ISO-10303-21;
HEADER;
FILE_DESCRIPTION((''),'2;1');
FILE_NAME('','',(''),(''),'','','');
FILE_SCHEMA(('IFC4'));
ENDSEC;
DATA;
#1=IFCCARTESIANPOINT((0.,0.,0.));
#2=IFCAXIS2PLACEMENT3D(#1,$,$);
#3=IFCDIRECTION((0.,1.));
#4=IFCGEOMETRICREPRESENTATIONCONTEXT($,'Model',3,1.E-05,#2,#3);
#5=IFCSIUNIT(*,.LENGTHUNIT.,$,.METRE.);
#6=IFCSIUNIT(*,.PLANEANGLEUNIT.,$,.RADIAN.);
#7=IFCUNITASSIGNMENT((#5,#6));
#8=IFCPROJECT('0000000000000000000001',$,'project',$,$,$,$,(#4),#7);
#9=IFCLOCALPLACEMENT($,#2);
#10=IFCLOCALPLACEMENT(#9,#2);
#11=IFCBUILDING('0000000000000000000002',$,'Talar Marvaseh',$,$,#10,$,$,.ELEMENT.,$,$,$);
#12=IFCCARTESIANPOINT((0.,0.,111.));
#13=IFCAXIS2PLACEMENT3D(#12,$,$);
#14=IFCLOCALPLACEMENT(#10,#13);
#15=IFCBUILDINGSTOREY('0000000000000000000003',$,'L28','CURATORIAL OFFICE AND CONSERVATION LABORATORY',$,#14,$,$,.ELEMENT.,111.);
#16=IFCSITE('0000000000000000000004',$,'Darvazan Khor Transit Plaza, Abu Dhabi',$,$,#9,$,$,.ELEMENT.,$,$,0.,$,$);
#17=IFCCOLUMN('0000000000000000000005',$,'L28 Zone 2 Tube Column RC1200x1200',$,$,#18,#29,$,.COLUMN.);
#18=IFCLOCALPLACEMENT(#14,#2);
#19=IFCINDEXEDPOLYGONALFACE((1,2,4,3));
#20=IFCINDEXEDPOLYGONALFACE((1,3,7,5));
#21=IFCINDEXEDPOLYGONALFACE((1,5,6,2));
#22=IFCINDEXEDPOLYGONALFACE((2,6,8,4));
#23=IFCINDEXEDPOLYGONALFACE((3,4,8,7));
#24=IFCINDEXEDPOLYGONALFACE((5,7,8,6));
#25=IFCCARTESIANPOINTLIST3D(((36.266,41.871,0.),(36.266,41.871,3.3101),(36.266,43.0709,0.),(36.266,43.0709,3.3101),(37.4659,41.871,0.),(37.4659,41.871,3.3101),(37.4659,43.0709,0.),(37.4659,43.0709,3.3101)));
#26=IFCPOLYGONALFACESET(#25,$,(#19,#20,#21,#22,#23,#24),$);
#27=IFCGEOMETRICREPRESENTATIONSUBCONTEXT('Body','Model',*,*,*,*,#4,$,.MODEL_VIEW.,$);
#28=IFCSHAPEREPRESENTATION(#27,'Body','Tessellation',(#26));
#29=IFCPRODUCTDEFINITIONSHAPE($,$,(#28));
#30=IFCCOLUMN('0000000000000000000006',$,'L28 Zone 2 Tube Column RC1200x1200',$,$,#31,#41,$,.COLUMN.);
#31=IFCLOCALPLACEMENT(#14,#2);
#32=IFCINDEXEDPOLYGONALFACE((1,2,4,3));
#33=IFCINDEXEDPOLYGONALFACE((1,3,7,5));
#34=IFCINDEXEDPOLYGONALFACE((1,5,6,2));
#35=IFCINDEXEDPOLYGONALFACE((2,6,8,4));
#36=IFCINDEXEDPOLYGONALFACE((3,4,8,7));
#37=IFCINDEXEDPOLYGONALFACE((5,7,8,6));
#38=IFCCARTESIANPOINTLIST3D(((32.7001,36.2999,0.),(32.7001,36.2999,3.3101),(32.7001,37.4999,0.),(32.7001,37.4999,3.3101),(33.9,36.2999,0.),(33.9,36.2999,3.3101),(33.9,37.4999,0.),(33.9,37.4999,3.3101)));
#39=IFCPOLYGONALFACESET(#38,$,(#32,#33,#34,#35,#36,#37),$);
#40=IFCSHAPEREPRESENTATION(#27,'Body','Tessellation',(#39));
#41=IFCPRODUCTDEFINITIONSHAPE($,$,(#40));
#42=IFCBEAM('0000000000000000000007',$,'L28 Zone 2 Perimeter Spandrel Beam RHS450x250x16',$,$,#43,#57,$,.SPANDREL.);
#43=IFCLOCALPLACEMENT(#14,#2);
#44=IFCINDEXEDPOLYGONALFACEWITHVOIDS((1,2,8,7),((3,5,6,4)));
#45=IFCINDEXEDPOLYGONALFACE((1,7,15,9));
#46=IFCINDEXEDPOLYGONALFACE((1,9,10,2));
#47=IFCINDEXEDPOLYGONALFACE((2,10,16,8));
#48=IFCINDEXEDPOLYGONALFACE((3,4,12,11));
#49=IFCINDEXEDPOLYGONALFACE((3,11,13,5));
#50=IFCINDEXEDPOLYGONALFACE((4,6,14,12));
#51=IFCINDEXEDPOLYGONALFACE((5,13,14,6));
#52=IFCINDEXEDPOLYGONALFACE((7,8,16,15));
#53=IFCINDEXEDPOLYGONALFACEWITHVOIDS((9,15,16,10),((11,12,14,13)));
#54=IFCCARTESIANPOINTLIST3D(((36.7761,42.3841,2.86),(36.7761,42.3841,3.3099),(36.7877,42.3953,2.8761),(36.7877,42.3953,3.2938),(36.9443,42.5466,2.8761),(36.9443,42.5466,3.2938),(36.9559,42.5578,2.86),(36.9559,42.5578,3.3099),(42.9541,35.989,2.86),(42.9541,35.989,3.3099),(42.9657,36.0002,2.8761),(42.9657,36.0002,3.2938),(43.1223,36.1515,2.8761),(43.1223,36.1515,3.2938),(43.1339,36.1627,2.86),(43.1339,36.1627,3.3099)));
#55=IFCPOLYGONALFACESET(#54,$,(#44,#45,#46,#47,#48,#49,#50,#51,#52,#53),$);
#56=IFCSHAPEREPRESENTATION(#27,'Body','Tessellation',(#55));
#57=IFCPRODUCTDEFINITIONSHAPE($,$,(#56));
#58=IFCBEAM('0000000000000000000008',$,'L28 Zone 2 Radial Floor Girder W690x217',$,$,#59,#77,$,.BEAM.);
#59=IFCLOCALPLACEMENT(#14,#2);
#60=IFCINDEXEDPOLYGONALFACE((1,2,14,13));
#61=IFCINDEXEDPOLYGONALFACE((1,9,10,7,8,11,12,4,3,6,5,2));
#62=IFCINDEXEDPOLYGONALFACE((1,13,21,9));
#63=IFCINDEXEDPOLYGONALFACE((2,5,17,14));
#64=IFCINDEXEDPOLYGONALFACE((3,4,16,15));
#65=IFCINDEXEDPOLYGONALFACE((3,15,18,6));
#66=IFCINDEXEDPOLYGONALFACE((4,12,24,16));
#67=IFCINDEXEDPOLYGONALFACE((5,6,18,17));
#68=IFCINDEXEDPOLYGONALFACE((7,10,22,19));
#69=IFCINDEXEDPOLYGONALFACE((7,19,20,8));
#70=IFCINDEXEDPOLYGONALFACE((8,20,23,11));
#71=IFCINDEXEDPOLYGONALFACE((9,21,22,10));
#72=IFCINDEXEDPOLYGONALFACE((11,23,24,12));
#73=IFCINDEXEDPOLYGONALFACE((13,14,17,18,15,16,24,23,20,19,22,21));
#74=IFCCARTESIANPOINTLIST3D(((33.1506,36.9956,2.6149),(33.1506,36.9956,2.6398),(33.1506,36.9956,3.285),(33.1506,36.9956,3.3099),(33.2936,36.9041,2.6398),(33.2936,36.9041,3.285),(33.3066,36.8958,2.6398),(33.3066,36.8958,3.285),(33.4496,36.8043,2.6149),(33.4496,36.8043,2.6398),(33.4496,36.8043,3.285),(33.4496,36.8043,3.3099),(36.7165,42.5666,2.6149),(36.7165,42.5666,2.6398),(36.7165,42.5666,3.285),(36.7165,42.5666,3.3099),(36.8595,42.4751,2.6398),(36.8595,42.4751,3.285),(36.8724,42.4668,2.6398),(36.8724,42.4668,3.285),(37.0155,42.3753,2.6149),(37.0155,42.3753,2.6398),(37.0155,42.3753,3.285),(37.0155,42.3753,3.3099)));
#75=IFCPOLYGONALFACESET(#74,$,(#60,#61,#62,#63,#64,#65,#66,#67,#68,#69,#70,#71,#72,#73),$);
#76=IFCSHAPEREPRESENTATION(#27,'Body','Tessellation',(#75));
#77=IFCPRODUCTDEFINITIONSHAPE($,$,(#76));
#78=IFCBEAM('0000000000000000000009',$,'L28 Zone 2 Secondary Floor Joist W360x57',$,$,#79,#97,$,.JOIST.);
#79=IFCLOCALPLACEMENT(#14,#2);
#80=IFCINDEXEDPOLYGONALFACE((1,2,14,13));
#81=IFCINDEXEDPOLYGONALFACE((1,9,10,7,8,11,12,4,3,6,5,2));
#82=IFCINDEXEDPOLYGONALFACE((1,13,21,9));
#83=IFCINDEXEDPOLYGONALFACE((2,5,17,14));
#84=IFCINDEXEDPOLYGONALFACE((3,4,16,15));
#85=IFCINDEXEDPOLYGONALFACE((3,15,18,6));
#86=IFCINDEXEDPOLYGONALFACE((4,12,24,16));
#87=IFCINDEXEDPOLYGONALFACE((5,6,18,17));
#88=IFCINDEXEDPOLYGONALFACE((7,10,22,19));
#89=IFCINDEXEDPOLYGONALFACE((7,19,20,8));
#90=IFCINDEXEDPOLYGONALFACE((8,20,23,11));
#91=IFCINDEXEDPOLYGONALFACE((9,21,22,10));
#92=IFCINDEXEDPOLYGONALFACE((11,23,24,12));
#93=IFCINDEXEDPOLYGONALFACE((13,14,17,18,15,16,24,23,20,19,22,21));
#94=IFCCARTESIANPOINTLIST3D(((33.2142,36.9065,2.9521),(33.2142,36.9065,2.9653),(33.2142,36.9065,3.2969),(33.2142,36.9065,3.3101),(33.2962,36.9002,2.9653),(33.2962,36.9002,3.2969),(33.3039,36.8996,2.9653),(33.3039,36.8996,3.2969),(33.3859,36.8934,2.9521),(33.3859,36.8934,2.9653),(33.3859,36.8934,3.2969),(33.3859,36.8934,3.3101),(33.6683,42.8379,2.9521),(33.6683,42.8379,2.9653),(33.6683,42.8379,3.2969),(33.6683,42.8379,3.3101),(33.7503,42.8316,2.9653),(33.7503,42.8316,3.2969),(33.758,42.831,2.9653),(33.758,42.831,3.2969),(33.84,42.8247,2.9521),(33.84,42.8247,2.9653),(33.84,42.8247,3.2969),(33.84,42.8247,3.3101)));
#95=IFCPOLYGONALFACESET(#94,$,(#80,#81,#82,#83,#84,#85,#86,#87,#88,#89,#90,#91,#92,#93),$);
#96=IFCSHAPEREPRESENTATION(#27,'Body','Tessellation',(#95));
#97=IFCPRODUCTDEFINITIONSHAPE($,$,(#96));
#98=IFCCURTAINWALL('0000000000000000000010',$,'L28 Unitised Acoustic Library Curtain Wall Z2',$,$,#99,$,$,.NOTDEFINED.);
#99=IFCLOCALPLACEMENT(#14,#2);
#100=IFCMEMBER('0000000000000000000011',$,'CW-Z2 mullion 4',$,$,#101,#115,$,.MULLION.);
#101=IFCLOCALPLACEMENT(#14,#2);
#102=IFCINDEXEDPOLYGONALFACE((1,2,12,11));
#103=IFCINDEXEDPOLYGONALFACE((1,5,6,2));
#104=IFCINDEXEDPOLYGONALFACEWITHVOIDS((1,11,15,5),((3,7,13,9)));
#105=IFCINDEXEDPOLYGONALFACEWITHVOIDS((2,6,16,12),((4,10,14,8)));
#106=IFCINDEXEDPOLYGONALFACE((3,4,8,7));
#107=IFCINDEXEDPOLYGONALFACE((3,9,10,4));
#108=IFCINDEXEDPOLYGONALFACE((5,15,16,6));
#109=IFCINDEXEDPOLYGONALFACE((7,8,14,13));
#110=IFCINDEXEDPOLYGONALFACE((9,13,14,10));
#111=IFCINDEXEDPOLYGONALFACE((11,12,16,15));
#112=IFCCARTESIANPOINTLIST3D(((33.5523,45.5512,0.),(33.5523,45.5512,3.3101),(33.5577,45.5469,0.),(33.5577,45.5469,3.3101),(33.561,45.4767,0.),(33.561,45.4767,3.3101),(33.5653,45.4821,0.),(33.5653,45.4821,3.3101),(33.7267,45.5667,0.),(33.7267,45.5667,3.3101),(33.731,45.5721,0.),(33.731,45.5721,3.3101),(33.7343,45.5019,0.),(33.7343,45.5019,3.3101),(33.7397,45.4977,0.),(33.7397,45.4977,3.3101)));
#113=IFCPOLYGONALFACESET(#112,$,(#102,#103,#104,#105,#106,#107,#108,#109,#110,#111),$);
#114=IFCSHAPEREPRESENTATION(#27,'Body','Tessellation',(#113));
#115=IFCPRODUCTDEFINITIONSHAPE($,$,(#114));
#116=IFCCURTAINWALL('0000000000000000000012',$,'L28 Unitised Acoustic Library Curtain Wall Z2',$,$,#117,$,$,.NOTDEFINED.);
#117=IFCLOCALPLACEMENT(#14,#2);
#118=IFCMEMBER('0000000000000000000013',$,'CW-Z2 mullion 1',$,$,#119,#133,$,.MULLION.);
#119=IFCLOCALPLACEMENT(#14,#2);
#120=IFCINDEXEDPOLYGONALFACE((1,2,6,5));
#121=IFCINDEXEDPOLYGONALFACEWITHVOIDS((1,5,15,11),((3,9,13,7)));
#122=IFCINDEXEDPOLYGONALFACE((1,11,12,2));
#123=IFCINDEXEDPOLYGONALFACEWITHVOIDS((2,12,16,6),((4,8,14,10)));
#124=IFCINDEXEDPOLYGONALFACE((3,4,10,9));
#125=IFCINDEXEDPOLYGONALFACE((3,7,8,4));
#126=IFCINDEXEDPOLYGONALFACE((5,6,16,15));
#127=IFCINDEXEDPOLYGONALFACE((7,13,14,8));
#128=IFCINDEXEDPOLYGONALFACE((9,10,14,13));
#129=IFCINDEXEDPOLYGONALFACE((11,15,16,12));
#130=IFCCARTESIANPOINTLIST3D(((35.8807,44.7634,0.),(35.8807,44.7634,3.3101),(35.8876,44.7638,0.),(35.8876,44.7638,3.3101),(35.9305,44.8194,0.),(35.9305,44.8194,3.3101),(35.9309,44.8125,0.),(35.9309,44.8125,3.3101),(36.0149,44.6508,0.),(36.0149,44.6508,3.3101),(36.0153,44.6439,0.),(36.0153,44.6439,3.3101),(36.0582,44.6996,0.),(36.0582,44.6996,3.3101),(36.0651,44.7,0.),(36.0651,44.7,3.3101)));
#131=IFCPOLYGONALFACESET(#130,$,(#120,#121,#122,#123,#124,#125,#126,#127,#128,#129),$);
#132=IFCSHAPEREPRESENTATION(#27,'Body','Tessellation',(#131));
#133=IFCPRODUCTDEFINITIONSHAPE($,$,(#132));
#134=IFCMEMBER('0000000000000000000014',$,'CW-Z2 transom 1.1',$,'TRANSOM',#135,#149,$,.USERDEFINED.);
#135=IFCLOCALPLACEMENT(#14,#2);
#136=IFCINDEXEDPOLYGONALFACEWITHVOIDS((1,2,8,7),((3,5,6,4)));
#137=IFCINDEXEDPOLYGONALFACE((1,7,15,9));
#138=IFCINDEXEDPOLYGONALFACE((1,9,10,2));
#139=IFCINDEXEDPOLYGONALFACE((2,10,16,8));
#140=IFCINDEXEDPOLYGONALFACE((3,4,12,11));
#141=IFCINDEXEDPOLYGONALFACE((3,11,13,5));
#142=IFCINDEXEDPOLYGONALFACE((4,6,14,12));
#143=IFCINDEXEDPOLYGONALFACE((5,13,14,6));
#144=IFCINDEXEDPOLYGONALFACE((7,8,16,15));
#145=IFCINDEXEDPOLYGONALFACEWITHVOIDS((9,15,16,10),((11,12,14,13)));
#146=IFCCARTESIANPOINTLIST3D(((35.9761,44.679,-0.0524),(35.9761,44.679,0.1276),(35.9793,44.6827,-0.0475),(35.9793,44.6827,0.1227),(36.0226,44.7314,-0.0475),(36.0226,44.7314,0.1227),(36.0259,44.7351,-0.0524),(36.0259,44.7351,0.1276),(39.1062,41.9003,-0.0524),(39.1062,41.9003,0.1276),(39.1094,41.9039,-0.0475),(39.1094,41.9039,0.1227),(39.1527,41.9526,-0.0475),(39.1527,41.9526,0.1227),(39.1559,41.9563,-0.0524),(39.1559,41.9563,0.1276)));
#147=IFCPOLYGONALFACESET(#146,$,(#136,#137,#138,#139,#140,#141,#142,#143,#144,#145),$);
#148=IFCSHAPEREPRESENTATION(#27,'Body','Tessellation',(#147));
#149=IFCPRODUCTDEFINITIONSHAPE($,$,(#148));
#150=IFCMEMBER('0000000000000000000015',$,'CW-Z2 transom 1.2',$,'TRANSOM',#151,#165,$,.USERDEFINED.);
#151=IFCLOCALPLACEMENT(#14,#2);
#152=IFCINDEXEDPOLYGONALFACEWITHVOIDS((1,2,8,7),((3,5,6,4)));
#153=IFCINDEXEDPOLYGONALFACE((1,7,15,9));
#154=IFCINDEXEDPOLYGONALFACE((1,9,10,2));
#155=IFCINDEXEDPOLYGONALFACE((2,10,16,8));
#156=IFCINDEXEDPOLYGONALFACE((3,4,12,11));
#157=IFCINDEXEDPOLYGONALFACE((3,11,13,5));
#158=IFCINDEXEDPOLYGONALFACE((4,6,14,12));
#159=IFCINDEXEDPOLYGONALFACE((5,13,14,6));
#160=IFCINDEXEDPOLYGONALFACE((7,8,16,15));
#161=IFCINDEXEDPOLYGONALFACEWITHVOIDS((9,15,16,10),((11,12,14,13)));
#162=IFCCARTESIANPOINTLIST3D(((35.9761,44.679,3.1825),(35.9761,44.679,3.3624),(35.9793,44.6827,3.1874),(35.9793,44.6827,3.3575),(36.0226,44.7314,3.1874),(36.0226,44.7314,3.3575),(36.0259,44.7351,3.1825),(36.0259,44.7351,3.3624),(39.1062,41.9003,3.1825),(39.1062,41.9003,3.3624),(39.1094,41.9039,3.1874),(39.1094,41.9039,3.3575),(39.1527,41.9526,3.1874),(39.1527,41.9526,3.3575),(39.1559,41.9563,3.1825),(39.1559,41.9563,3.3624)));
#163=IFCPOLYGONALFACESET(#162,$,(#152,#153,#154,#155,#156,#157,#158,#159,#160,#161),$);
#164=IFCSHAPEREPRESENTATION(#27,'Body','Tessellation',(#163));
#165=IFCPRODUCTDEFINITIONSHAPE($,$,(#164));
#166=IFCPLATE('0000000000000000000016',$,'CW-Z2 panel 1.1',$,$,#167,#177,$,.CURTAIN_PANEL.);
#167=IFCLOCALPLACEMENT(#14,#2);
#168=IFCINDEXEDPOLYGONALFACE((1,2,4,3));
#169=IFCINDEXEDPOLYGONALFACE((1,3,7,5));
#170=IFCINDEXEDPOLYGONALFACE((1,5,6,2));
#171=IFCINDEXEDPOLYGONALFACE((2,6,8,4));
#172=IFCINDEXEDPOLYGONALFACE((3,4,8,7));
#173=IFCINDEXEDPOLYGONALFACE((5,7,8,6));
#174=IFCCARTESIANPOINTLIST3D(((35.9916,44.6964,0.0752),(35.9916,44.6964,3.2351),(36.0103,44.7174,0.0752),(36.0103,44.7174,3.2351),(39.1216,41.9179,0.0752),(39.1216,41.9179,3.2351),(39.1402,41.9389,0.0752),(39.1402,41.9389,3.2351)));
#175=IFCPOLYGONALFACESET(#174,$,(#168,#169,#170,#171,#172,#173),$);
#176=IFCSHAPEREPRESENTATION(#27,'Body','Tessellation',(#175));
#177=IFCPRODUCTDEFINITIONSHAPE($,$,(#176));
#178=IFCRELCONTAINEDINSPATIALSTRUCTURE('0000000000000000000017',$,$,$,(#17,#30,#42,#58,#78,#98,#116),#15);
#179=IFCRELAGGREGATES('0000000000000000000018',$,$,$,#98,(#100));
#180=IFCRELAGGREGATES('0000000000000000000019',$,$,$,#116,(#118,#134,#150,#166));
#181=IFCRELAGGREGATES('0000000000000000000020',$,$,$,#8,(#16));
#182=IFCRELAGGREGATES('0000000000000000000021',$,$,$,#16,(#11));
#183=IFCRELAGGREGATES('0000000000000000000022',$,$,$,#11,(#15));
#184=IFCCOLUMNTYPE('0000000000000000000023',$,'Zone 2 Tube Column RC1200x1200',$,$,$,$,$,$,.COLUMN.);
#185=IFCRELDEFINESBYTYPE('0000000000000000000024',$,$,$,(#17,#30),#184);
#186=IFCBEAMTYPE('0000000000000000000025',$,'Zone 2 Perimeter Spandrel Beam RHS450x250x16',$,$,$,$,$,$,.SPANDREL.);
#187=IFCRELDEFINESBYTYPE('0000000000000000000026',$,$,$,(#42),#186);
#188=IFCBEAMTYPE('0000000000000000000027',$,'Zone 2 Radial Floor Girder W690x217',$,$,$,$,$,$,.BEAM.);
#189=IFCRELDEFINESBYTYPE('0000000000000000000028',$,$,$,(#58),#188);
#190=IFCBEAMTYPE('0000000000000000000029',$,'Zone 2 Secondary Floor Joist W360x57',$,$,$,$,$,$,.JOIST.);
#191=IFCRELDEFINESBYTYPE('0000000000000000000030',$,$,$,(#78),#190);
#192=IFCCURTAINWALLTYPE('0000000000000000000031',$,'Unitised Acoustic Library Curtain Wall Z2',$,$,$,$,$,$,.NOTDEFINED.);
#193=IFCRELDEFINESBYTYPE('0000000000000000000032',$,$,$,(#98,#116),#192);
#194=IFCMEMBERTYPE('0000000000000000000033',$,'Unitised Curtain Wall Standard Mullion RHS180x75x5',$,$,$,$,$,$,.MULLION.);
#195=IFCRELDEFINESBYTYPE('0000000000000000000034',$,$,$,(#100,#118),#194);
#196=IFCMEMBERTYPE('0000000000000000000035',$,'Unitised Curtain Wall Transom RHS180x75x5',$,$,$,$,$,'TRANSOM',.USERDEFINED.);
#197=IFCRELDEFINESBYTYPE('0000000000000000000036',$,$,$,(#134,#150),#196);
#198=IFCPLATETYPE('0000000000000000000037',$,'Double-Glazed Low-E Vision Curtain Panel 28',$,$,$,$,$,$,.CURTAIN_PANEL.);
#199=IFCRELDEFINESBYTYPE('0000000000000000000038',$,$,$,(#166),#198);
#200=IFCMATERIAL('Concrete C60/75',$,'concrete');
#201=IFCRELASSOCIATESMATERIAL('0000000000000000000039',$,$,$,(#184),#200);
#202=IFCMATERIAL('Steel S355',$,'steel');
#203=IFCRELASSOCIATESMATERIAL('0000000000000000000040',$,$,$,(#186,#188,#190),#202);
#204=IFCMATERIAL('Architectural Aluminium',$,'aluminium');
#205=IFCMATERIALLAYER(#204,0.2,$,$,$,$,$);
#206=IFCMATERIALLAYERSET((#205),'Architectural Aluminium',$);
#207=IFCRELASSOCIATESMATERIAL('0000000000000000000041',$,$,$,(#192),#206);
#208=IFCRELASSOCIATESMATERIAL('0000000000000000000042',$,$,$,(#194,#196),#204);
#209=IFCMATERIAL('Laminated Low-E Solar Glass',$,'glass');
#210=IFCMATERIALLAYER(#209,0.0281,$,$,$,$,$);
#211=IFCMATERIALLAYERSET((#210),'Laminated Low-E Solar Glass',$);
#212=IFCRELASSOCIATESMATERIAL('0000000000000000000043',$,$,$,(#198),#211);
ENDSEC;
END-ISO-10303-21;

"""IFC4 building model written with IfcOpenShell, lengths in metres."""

from ifc_helpers import new_model, si_unit, direction, frame, origin, origin_2d, place, context, subcontext, project, spatial, rectangle, hollow_rectangle, i_section, extrude, source, transform, mapped, material, layer, layer_set, material_profile, profile_set, type_object, type_shapes, element, aggregate, save


model = new_model("IFC4")

# Units and contexts
model_context = context("Model", 3, precision=1e-05, world=origin(), true_north=direction((0.0, 1.0)))
body_context = subcontext(model_context, "Body", "Model", "MODEL_VIEW")
ifc_project = project(units=[si_unit("LENGTHUNIT", "METRE"), si_unit("PLANEANGLEUNIT", "RADIAN")], contexts=[model_context])

# Site, building, storey
site_placement = place(None, origin())
site = spatial("IfcSite", under=ifc_project, at=site_placement, Name="Darvazan Khor Transit Plaza, Abu Dhabi", CompositionType="ELEMENT", RefElevation=0.0)
building_placement = place(site_placement, origin())
building = spatial("IfcBuilding", under=site, at=building_placement, Name="Talar Marvaseh", CompositionType="ELEMENT")
storey_placement = place(building_placement, frame((0.0, 0.0, 111.0)))
storey = spatial("IfcBuildingStorey", under=building, at=storey_placement, Name="L28", Description="CURATORIAL OFFICE AND CONSERVATION LABORATORY", CompositionType="ELEMENT", Elevation=111.0)

# Columns
ifc_material_1 = material(Name="Concrete C60/75", Category="concrete")
ifc_material_profile_1 = material_profile(ifc_material_1, rectangle(XDim=1.2, YDim=1.2, at=origin_2d()), Name="RC1200x1200")
ifc_profile_set_1 = profile_set([ifc_material_profile_1], Name="Concrete C60/75")
column_type = type_object("IfcColumnType", Name="Zone 2 Tube Column RC1200x1200", PredefinedType="COLUMN", material=ifc_profile_set_1)
for number, where, z_axis, x_axis, name in (
    (1, (36.866, 42.4709, 0.0), (0.0, 0.0, 1.0), (1.0, 0.0, 0.0), "L28 Zone 2 Tube Column RC1200x1200"),
    (2, (33.3, 36.8999, 0.0), (0.0, 0.0, 1.0), (1.0, 0.0, 0.0), "L28 Zone 2 Tube Column RC1200x1200"),
):
    element("IfcColumn", number, at=place(storey_placement, frame(where, z_axis=z_axis, x_axis=x_axis)), inside=storey, type_object=column_type, Name=name, PredefinedType="COLUMN", context=body_context, shape_type="SweptSolid", body=[
        extrude(rectangle(XDim=1.2, YDim=1.2, at=origin_2d()), origin(), (0.0, 0.0, 1.0), 3.3101),
    ])

# Beams
ifc_material_2 = material(Name="Steel S355", Category="steel")
ifc_material_profile_2 = material_profile(ifc_material_2, hollow_rectangle(XDim=0.25, YDim=0.45, WallThickness=0.0161, at=origin_2d()), Name="RHS450x250x16")
ifc_profile_set_2 = profile_set([ifc_material_profile_2], Name="Steel S355")
beam_type_1 = type_object("IfcBeamType", Name="Zone 2 Perimeter Spandrel Beam RHS450x250x16", PredefinedType="SPANDREL", material=ifc_profile_set_2)
beam_1_placement = place(storey_placement, frame((36.866, 42.4709, 3.085), z_axis=(0.694797, -0.719206, 0.0), x_axis=(0.719206, 0.694797, 0.0)))
element("IfcBeam", 3, at=beam_1_placement, inside=storey, type_object=beam_type_1, Name="L28 Zone 2 Perimeter Spandrel Beam RHS450x250x16", PredefinedType="SPANDREL", context=body_context, shape_type="SweptSolid", body=[
    extrude(hollow_rectangle(XDim=0.25, YDim=0.45, WallThickness=0.0161, at=origin_2d()), origin(), (0.0, 0.0, 1.0), 8.8918),
])
ifc_material_profile_3 = material_profile(ifc_material_2, i_section(OverallWidth=0.355, OverallDepth=0.6951, WebThickness=0.0154, FlangeThickness=0.0249, at=origin_2d()), Name="W690x217")
ifc_profile_set_3 = profile_set([ifc_material_profile_3], Name="Steel S355")
beam_type_2 = type_object("IfcBeamType", Name="Zone 2 Radial Floor Girder W690x217", PredefinedType="BEAM", material=ifc_profile_set_3)
beam_2_placement = place(storey_placement, frame((36.866, 42.4709, 2.9624), z_axis=(-0.539102, -0.842241, 0.0), x_axis=(0.842241, -0.539102, 0.0)))
element("IfcBeam", 4, at=beam_2_placement, inside=storey, type_object=beam_type_2, Name="L28 Zone 2 Radial Floor Girder W690x217", PredefinedType="BEAM", context=body_context, shape_type="SweptSolid", body=[
    extrude(i_section(OverallWidth=0.355, OverallDepth=0.6951, WebThickness=0.0154, FlangeThickness=0.0249, at=origin_2d()), origin(), (0.0, 0.0, 1.0), 6.6145),
])
ifc_material_profile_4 = material_profile(ifc_material_2, i_section(OverallWidth=0.1721, OverallDepth=0.3579, WebThickness=0.0078, FlangeThickness=0.0132, at=origin_2d()), Name="W360x57")
ifc_profile_set_4 = profile_set([ifc_material_profile_4], Name="Steel S355")
beam_type_3 = type_object("IfcBeamType", Name="Zone 2 Secondary Floor Joist W360x57", PredefinedType="JOIST", material=ifc_profile_set_4)
beam_3_placement = place(storey_placement, frame((33.7542, 42.8313, 3.1311), z_axis=(-0.076336, -0.997082, 0.0), x_axis=(0.997082, -0.076336, 0.0)))
element("IfcBeam", 5, at=beam_3_placement, inside=storey, type_object=beam_type_3, Name="L28 Zone 2 Secondary Floor Joist W360x57", PredefinedType="JOIST", context=body_context, shape_type="SweptSolid", body=[
    extrude(i_section(OverallWidth=0.1721, OverallDepth=0.3579, WebThickness=0.0078, FlangeThickness=0.0132, at=origin_2d()), origin(), (0.0, 0.0, 1.0), 5.9487),
])

# Curtain wall, member
ifc_material_3 = material(Name="Architectural Aluminium", Category="aluminium")
ifc_layer_1 = layer(ifc_material_3, 0.2)
ifc_layer_set_1 = layer_set([ifc_layer_1], Name="Architectural Aluminium")
curtain_wall_type = type_object("IfcCurtainWallType", Name="Unitised Acoustic Library Curtain Wall Z2", PredefinedType="NOTDEFINED", material=ifc_layer_set_1)
curtain_wall_1_placement = place(storey_placement, origin())
curtain_wall_1 = element("IfcCurtainWall", 6, at=curtain_wall_1_placement, inside=storey, type_object=curtain_wall_type, Name="L28 Unitised Acoustic Library Curtain Wall Z2", PredefinedType="NOTDEFINED")
ifc_material_profile_5 = material_profile(ifc_material_3, hollow_rectangle(XDim=0.075, YDim=0.1799, WallThickness=0.0049, at=origin_2d()), Name="RHS180x75x5")
ifc_profile_set_5 = profile_set([ifc_material_profile_5], Name="Architectural Aluminium")
member_type_1 = type_object("IfcMemberType", Name="Unitised Curtain Wall Standard Mullion RHS180x75x5", PredefinedType="MULLION", material=ifc_profile_set_5)
shared_shape_1 = source(origin(), body_context, "Body", "SweptSolid", [
    extrude(hollow_rectangle(XDim=0.075, YDim=0.1799, WallThickness=0.0049, at=origin_2d()), origin(), (0.0, 0.0, 1.0), 3.3101),
])
type_shapes(member_type_1, [shared_shape_1])
member_1_placement = place(storey_placement, frame((33.646, 45.5244, 0.0), z_axis=(0.0, 0.0, 1.0), x_axis=(-0.11636, 0.993207, 0.0)))
member_1 = element("IfcMember", 7, at=member_1_placement, type_object=member_type_1, Name="CW-Z2 mullion 4", PredefinedType="MULLION", context=body_context, shape_type="MappedRepresentation", body=[
    mapped(shared_shape_1, transform((0.0, 0.0, 0.0), x_axis=(1.0, 0.0, 0.0), y_axis=(0.0, 1.0, 0.0), z_axis=(0.0, 0.0, 1.0), scale=1.0)),
])
aggregate(curtain_wall_1, [member_1])

# Curtain wall, members, plate
curtain_wall_2_placement = place(storey_placement, origin())
curtain_wall_2 = element("IfcCurtainWall", 8, at=curtain_wall_2_placement, inside=storey, type_object=curtain_wall_type, Name="L28 Unitised Acoustic Library Curtain Wall Z2", PredefinedType="NOTDEFINED")
member_2_placement = place(storey_placement, frame((35.9729, 44.7317, 0.0), z_axis=(0.0, 0.0, 1.0), x_axis=(0.663877, 0.747842, 0.0)))
member_2 = element("IfcMember", 9, at=member_2_placement, type_object=member_type_1, Name="CW-Z2 mullion 1", PredefinedType="MULLION", context=body_context, shape_type="MappedRepresentation", body=[
    mapped(shared_shape_1, transform((0.0, 0.0, 0.0), x_axis=(1.0, 0.0, 0.0), y_axis=(0.0, 1.0, 0.0), z_axis=(0.0, 0.0, 1.0), scale=1.0)),
])
ifc_material_profile_6 = material_profile(ifc_material_3, hollow_rectangle(XDim=0.075, YDim=0.1799, WallThickness=0.0049, at=origin_2d()), Name="RHS180x75x5")
ifc_profile_set_6 = profile_set([ifc_material_profile_6], Name="Architectural Aluminium")
member_type_2 = type_object("IfcMemberType", Name="Unitised Curtain Wall Transom RHS180x75x5", ElementType="TRANSOM", PredefinedType="USERDEFINED", material=ifc_profile_set_6)
shared_shape_2 = source(origin(), body_context, "Body", "SweptSolid", [
    extrude(hollow_rectangle(XDim=0.075, YDim=0.1799, WallThickness=0.0049, at=origin_2d()), origin(), (0.0, 0.0, 1.0), 4.1855),
])
type_shapes(member_type_2, [shared_shape_2])
member_3_placement = place(storey_placement, frame((36.001, 44.707, 0.0376), z_axis=(0.747828, -0.663893, 0.0), x_axis=(0.663893, 0.747828, 0.0)))
member_3 = element("IfcMember", 10, at=member_3_placement, type_object=member_type_2, Name="CW-Z2 transom 1.1", ObjectType="TRANSOM", PredefinedType="USERDEFINED", context=body_context, shape_type="MappedRepresentation", body=[
    mapped(shared_shape_2, transform((0.0, 0.0, 0.0), x_axis=(1.0, 0.0, 0.0), y_axis=(0.0, 1.0, 0.0), z_axis=(0.0, 0.0, 1.0), scale=1.0)),
])
member_4_placement = place(storey_placement, frame((36.001, 44.707, 3.2725), z_axis=(0.747828, -0.663893, 0.0), x_axis=(0.663893, 0.747828, 0.0)))
member_4 = element("IfcMember", 11, at=member_4_placement, type_object=member_type_2, Name="CW-Z2 transom 1.2", ObjectType="TRANSOM", PredefinedType="USERDEFINED", context=body_context, shape_type="MappedRepresentation", body=[
    mapped(shared_shape_2, transform((0.0, 0.0, 0.0), x_axis=(1.0, 0.0, 0.0), y_axis=(0.0, 1.0, 0.0), z_axis=(0.0, 0.0, 1.0), scale=1.0)),
])
ifc_material_4 = material(Name="Laminated Low-E Solar Glass", Category="glass")
ifc_layer_2 = layer(ifc_material_4, 0.0281)
ifc_layer_set_2 = layer_set([ifc_layer_2], Name="Laminated Low-E Solar Glass")
plate_type = type_object("IfcPlateType", Name="Double-Glazed Low-E Vision Curtain Panel 28", PredefinedType="CURTAIN_PANEL", material=ifc_layer_set_2)
shared_shape_3 = source(origin(), body_context, "Body", "SweptSolid", [
    extrude(rectangle(XDim=4.1853, YDim=0.0281, at=origin_2d()), origin(), (0.0, 0.0, 1.0), 3.1599),
])
type_shapes(plate_type, [shared_shape_3])
plate_placement = place(storey_placement, frame((37.5659, 43.3176, 0.0752), z_axis=(0.0, 0.0, 1.0), x_axis=(0.747842, -0.663877, 0.0)))
plate = element("IfcPlate", 12, at=plate_placement, type_object=plate_type, Name="CW-Z2 panel 1.1", PredefinedType="CURTAIN_PANEL", context=body_context, shape_type="MappedRepresentation", body=[
    mapped(shared_shape_3, transform((0.0, 0.0, 0.0), x_axis=(1.0, 0.0, 0.0), y_axis=(0.0, 1.0, 0.0), z_axis=(0.0, 0.0, 1.0), scale=1.0)),
])
aggregate(curtain_wall_2, [member_2, member_3, member_4, plate])

save(model, "model.ifc")
